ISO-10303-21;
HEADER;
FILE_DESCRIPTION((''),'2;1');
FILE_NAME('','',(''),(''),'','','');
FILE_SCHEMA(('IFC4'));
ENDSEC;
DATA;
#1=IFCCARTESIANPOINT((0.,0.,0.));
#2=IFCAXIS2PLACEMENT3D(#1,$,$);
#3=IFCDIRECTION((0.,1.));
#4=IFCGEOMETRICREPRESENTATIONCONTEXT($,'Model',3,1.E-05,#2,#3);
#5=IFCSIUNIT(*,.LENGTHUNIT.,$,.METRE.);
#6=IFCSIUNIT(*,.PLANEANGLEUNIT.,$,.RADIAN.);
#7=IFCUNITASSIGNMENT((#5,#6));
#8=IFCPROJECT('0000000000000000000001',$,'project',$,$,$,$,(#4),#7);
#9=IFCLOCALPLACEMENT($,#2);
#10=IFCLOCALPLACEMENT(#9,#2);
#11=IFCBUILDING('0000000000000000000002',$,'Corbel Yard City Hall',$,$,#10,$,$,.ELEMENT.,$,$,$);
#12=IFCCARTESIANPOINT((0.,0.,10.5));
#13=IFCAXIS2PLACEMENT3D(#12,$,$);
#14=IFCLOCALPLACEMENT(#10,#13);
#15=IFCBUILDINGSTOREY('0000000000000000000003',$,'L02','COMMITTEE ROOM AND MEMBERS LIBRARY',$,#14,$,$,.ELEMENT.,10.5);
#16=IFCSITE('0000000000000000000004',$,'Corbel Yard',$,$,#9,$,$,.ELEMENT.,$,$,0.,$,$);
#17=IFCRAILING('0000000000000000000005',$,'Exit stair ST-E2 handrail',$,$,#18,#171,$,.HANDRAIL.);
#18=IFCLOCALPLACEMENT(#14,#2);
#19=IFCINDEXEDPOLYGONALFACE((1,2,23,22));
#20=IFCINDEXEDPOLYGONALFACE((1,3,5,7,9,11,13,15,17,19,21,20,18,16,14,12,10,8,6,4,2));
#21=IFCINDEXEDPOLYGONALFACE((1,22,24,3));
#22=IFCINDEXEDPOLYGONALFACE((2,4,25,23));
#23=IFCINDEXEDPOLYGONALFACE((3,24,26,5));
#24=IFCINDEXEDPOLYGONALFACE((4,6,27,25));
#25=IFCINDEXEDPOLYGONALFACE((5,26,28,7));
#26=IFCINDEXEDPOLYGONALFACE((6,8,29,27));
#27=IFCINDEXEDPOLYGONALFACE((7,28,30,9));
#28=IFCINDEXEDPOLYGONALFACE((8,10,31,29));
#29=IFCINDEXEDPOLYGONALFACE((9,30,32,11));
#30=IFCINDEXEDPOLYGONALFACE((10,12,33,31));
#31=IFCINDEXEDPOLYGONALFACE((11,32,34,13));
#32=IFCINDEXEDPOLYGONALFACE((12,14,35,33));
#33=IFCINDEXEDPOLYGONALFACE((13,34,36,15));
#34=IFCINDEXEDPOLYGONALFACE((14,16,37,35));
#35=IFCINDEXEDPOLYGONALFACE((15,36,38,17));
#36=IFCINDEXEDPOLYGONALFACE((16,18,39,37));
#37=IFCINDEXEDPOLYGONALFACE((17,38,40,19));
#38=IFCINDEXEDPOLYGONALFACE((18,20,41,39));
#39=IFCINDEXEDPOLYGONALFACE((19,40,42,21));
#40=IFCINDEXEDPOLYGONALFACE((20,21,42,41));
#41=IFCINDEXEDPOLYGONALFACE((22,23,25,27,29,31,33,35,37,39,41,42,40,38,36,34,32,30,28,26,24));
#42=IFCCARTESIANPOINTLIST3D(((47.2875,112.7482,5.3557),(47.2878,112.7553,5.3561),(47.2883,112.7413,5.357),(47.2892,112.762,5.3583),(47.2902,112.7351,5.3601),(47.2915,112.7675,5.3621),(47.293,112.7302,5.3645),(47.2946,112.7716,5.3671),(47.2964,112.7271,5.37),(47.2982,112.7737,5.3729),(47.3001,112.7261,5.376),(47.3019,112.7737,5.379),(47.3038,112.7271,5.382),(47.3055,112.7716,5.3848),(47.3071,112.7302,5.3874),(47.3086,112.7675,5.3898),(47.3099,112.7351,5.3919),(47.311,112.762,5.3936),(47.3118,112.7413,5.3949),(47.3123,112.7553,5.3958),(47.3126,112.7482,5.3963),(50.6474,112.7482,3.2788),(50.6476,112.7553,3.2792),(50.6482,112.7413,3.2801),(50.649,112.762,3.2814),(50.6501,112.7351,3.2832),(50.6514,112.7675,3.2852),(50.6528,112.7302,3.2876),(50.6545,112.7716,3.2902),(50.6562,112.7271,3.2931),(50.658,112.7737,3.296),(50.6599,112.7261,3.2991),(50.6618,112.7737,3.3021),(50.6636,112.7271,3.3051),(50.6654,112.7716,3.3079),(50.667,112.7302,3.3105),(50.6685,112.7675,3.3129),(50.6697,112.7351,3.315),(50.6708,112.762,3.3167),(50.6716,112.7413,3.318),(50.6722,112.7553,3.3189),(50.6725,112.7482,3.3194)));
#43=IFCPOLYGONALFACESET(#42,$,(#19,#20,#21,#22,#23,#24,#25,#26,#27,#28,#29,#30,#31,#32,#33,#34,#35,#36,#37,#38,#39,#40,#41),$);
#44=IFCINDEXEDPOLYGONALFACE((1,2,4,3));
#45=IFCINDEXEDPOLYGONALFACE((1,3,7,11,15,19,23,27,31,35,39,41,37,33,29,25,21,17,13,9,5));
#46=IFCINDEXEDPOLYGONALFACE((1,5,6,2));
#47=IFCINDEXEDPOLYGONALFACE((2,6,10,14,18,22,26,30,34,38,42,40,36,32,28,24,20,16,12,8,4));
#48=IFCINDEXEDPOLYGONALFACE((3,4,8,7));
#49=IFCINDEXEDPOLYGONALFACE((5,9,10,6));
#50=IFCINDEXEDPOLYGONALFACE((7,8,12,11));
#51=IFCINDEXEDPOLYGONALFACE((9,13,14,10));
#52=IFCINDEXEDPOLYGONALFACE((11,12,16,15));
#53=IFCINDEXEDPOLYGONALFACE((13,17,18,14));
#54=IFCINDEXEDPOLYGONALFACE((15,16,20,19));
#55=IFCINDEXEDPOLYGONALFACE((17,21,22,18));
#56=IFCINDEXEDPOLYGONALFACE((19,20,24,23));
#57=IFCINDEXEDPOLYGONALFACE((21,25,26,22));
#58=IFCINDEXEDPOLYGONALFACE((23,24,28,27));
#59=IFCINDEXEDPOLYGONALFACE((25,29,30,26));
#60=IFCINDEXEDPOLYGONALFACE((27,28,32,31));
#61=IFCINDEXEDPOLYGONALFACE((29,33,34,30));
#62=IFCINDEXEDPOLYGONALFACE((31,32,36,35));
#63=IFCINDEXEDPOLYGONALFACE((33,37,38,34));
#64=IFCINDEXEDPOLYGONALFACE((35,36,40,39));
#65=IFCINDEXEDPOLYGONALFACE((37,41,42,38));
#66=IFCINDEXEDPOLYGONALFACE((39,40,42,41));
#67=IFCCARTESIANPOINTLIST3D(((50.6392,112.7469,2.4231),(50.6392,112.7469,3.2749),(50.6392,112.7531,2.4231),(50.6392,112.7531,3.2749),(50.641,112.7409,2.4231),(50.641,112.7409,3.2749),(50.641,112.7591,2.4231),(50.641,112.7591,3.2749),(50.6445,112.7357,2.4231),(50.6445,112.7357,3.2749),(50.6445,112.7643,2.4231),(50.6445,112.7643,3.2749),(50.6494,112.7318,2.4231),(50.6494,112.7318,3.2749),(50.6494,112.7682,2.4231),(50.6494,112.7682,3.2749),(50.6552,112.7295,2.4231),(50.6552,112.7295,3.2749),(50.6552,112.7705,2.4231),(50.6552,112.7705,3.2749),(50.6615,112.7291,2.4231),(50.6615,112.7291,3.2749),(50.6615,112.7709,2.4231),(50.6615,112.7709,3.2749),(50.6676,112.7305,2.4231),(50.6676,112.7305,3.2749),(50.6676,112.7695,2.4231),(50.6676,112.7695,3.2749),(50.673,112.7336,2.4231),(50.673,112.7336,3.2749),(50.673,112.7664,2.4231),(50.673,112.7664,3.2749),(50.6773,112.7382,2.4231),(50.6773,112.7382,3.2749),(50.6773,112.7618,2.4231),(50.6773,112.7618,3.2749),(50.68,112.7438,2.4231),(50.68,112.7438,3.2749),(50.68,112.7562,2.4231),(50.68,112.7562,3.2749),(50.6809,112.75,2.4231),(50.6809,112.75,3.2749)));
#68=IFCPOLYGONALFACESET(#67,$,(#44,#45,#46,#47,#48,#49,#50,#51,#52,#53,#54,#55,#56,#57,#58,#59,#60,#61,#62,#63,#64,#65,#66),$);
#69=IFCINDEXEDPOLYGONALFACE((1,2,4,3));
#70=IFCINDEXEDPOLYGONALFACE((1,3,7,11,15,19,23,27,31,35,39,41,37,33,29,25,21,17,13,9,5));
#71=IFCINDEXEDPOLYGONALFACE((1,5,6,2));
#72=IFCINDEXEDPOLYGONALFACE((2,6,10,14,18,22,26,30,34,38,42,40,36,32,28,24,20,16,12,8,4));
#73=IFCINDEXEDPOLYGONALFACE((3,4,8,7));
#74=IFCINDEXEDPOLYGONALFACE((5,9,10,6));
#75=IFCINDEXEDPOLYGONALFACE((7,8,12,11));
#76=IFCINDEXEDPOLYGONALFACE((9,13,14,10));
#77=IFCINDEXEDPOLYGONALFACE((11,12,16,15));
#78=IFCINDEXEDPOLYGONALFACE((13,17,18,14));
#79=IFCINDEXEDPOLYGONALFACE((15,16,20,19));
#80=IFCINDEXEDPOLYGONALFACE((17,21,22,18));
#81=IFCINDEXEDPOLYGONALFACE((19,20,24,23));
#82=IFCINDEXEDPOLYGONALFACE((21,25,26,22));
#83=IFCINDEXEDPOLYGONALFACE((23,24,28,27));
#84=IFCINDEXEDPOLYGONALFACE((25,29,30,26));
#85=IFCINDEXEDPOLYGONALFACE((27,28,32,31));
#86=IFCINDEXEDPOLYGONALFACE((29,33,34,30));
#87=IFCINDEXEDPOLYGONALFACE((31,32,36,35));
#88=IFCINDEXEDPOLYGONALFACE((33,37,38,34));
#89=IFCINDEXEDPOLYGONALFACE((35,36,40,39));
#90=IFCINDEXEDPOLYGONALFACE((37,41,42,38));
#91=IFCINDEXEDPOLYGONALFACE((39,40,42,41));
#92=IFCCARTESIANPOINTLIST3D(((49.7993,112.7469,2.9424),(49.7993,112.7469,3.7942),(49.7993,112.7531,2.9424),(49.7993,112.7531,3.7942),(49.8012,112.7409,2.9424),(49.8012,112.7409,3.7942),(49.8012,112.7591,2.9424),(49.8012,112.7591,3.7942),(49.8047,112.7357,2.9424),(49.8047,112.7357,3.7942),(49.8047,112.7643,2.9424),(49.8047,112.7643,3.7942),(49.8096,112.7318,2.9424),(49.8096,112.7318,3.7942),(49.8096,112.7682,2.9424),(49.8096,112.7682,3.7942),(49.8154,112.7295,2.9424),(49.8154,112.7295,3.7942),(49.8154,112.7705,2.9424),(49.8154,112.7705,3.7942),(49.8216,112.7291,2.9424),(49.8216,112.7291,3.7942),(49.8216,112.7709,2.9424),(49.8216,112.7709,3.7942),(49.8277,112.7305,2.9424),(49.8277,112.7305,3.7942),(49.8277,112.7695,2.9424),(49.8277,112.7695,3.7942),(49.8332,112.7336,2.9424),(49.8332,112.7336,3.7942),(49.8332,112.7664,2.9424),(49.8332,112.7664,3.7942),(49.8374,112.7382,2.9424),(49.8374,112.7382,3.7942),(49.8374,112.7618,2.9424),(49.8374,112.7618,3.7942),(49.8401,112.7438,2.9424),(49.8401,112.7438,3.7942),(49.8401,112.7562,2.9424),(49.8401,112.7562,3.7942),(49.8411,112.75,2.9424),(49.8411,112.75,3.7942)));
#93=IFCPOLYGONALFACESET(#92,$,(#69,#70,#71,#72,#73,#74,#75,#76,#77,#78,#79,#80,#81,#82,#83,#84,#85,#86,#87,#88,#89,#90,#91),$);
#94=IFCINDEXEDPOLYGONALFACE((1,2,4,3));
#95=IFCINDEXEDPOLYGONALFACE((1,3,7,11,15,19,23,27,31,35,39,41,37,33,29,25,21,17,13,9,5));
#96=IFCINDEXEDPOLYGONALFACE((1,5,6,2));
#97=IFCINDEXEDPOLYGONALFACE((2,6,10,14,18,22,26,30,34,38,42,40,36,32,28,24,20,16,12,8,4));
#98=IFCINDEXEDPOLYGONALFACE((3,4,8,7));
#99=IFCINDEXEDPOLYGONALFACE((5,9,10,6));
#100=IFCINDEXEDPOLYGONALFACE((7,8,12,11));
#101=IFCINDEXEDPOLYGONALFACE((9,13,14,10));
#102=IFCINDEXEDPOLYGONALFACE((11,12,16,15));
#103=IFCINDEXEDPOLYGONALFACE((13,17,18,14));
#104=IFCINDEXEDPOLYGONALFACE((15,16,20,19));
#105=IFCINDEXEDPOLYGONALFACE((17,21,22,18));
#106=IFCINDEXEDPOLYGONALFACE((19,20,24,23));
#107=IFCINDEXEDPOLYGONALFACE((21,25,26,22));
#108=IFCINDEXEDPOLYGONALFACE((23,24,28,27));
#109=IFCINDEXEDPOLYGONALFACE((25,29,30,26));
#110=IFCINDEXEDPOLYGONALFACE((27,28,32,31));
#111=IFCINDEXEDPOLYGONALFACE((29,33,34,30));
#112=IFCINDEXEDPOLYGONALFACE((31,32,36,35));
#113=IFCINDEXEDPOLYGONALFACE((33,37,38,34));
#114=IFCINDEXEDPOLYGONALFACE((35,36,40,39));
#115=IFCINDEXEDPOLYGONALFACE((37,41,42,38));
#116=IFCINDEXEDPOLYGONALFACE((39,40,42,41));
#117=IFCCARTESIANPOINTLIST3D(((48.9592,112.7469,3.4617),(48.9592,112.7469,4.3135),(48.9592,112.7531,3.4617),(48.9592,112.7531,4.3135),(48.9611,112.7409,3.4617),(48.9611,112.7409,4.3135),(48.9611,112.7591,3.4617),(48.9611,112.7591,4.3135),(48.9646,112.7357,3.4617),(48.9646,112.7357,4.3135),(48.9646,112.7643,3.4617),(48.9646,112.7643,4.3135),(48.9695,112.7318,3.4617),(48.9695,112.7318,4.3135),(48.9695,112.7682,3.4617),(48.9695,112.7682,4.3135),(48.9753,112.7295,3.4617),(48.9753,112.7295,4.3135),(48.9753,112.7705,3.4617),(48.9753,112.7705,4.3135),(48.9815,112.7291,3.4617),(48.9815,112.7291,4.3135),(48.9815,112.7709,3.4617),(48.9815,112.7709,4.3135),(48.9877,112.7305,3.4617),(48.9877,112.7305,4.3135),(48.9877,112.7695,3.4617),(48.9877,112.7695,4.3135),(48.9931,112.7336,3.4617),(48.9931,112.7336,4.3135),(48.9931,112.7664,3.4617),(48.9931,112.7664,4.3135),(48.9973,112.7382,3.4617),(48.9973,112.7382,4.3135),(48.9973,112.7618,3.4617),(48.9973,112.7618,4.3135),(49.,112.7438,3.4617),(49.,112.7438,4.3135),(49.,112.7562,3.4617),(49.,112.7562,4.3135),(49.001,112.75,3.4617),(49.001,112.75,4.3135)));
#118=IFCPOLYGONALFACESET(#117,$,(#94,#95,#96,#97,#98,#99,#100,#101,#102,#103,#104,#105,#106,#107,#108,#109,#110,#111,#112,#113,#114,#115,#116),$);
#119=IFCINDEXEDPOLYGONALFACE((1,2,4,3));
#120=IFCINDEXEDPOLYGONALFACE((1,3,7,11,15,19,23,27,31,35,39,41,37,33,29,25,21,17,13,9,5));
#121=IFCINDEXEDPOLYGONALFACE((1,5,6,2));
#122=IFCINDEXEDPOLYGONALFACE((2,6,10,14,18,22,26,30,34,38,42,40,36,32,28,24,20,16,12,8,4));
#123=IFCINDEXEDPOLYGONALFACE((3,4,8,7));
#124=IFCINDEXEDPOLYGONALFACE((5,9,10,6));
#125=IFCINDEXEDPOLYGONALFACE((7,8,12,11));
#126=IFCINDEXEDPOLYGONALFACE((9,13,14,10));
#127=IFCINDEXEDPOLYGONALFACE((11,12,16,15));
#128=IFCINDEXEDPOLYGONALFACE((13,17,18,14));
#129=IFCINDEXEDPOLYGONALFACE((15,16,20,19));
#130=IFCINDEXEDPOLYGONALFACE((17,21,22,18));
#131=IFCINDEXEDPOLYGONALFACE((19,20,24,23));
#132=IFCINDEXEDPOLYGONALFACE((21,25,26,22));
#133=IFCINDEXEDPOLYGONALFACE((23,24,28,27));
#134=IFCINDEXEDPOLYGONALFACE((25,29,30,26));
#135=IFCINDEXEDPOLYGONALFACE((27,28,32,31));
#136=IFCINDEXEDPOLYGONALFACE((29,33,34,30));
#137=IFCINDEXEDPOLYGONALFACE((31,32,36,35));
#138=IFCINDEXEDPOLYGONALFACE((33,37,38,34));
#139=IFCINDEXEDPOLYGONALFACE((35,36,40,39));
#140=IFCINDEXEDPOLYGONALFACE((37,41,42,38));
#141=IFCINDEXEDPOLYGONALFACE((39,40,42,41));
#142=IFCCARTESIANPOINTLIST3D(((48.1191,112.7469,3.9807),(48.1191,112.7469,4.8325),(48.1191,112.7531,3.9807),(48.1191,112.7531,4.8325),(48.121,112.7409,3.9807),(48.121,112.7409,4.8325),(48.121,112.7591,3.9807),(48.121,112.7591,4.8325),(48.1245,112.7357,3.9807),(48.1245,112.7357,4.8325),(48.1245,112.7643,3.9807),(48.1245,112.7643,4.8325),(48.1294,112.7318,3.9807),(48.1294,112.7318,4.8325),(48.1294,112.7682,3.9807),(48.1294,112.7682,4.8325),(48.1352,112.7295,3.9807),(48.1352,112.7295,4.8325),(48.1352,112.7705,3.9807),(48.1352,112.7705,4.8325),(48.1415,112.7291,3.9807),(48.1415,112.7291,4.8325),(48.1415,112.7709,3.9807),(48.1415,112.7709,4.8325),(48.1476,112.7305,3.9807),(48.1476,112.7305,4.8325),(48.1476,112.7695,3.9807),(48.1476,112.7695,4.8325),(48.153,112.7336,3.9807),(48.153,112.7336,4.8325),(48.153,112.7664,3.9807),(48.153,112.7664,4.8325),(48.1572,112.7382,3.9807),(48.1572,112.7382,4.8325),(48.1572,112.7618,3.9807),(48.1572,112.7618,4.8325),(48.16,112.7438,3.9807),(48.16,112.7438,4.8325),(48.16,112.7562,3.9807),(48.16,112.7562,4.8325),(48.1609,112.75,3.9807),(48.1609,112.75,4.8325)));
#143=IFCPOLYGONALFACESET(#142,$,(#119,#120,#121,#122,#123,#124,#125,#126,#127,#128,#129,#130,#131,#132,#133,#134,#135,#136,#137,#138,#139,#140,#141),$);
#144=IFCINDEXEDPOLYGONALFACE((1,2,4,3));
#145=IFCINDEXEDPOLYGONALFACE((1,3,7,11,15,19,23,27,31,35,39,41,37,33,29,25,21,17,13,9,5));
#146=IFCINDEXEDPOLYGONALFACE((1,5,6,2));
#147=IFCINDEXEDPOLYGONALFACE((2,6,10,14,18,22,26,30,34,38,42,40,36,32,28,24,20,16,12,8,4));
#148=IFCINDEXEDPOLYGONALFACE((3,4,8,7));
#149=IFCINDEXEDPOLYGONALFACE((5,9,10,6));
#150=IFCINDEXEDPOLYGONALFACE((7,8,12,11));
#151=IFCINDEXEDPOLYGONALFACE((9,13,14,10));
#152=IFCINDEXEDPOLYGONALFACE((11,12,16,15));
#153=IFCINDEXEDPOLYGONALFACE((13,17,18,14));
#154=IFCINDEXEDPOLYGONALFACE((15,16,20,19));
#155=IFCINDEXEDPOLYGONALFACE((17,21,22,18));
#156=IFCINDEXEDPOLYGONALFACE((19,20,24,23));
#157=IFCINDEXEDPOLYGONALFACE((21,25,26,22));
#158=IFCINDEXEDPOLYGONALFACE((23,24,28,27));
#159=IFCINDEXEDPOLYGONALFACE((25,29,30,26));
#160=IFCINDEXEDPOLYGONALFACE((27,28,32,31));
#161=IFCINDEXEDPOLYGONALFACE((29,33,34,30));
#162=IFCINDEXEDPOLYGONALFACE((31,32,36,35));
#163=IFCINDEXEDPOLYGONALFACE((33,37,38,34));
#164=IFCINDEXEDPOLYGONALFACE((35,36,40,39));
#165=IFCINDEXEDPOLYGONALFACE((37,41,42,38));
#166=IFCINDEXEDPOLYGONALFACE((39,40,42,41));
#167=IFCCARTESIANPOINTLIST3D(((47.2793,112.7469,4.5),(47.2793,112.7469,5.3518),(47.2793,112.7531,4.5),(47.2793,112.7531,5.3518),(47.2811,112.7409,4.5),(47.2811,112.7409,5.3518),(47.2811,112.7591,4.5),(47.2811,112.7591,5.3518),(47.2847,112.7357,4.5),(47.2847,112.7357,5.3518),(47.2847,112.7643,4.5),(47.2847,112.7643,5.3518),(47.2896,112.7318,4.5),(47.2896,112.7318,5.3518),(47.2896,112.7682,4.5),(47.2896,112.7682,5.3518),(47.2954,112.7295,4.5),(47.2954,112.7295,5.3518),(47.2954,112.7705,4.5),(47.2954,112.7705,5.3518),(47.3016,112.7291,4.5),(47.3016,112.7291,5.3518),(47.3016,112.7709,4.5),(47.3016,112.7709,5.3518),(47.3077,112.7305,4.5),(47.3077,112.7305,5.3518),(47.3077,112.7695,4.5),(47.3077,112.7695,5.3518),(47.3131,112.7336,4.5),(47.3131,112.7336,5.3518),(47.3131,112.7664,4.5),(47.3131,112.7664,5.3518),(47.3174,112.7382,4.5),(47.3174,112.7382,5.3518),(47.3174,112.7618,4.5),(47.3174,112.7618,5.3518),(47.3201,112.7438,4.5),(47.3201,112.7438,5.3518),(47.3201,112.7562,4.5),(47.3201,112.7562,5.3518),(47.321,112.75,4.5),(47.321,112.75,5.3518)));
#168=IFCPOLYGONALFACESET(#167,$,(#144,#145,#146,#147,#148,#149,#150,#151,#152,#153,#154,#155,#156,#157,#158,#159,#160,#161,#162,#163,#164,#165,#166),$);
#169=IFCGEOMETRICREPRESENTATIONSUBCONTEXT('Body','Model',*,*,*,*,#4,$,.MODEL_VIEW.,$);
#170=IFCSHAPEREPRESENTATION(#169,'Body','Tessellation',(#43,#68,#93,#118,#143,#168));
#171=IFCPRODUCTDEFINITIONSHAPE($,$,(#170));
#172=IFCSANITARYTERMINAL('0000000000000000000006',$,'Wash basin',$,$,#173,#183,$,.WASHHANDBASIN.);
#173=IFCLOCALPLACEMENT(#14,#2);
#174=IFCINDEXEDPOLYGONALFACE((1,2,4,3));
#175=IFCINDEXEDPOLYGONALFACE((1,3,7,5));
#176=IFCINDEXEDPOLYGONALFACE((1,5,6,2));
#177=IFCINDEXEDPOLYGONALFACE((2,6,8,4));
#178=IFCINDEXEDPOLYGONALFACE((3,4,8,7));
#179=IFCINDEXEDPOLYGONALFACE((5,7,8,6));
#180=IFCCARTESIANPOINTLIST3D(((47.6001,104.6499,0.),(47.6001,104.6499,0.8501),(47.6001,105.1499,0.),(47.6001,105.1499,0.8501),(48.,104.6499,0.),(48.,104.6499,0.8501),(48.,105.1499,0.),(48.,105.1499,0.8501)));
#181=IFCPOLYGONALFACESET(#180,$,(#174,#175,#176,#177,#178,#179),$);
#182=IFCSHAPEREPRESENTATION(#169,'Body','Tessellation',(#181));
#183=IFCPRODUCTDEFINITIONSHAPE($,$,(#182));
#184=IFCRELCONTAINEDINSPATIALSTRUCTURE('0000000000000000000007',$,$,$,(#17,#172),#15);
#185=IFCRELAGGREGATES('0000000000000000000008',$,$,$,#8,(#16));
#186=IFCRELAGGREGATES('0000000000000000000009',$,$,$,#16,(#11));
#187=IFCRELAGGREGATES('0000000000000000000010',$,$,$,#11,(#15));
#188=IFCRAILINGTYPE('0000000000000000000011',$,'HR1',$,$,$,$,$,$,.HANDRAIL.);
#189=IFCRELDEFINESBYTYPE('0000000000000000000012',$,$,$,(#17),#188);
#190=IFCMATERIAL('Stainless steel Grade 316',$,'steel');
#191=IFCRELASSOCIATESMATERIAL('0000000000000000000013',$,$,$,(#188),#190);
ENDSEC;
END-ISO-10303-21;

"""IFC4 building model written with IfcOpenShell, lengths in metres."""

from ifc_helpers import new_model, si_unit, direction, frame, origin, origin_2d, place, context, subcontext, project, spatial, rectangle, circle, extrude, material, type_object, element, save


model = new_model("IFC4")

# Units and contexts
model_context = context("Model", 3, precision=1e-05, world=origin(), true_north=direction((0.0, 1.0)))
body_context = subcontext(model_context, "Body", "Model", "MODEL_VIEW")
ifc_project = project(units=[si_unit("LENGTHUNIT", "METRE"), si_unit("PLANEANGLEUNIT", "RADIAN")], contexts=[model_context])

# Site, building, storey
site_placement = place(None, origin())
site = spatial("IfcSite", under=ifc_project, at=site_placement, Name="Corbel Yard", CompositionType="ELEMENT", RefElevation=0.0)
building_placement = place(site_placement, origin())
building = spatial("IfcBuilding", under=site, at=building_placement, Name="Corbel Yard City Hall", CompositionType="ELEMENT")
storey_placement = place(building_placement, frame((0.0, 0.0, 10.5)))
storey = spatial("IfcBuildingStorey", under=building, at=storey_placement, Name="L02", Description="COMMITTEE ROOM AND MEMBERS LIBRARY", CompositionType="ELEMENT", Elevation=10.5)

# Shared definitions
ifc_material_1 = material(Name="Stainless steel Grade 316", Category="steel")

# Railing
railing_type = type_object("IfcRailingType", Name="HR1", PredefinedType="HANDRAIL", material=ifc_material_1)
for number, where, name in (
    (1, (50.6599, 112.75, 2.4231), "Exit stair ST-E2 handrail"),
):
    element("IfcRailing", number, at=place(storey_placement, frame(where)), inside=storey, type_object=railing_type, Name=name, PredefinedType="HANDRAIL", context=body_context, shape_type="SweptSolid", body=[
        extrude(circle(Radius=0.0239, at=origin_2d()), frame((0.0, 0.0, 0.876), z_axis=(-0.850606, 0.0, 0.525803), x_axis=(0.0, -1.0, 0.0)), (0.0, 0.0, 1.0), 3.95),
        extrude(circle(Radius=0.021, at=origin_2d()), origin(), (0.0, 0.0, 1.0), 0.8518),
        extrude(circle(Radius=0.021, at=origin_2d()), frame((-0.8398, 0.0, 0.5193)), (0.0, 0.0, 1.0), 0.8518),
        extrude(circle(Radius=0.021, at=origin_2d()), frame((-1.6799, 0.0, 1.0386)), (0.0, 0.0, 1.0), 0.8518),
        extrude(circle(Radius=0.021, at=origin_2d()), frame((-2.52, 0.0, 1.5576)), (0.0, 0.0, 1.0), 0.8518),
        extrude(circle(Radius=0.021, at=origin_2d()), frame((-3.3599, 0.0, 2.0769)), (0.0, 0.0, 1.0), 0.8518),
    ])

# Sanitary terminal
sanitary_terminal_placement = place(storey_placement, frame((47.8, 104.8999, 0.0), z_axis=(0.0, 0.0, 1.0), x_axis=(1.0, 0.0, 0.0)))
element("IfcSanitaryTerminal", 2, at=sanitary_terminal_placement, inside=storey, Name="Wash basin", PredefinedType="WASHHANDBASIN", context=body_context, shape_type="SweptSolid", body=[
    extrude(rectangle(XDim=0.3999, YDim=0.5, at=origin_2d()), origin(), (0.0, 0.0, 1.0), 0.8501),
])

save(model, "model.ifc")
